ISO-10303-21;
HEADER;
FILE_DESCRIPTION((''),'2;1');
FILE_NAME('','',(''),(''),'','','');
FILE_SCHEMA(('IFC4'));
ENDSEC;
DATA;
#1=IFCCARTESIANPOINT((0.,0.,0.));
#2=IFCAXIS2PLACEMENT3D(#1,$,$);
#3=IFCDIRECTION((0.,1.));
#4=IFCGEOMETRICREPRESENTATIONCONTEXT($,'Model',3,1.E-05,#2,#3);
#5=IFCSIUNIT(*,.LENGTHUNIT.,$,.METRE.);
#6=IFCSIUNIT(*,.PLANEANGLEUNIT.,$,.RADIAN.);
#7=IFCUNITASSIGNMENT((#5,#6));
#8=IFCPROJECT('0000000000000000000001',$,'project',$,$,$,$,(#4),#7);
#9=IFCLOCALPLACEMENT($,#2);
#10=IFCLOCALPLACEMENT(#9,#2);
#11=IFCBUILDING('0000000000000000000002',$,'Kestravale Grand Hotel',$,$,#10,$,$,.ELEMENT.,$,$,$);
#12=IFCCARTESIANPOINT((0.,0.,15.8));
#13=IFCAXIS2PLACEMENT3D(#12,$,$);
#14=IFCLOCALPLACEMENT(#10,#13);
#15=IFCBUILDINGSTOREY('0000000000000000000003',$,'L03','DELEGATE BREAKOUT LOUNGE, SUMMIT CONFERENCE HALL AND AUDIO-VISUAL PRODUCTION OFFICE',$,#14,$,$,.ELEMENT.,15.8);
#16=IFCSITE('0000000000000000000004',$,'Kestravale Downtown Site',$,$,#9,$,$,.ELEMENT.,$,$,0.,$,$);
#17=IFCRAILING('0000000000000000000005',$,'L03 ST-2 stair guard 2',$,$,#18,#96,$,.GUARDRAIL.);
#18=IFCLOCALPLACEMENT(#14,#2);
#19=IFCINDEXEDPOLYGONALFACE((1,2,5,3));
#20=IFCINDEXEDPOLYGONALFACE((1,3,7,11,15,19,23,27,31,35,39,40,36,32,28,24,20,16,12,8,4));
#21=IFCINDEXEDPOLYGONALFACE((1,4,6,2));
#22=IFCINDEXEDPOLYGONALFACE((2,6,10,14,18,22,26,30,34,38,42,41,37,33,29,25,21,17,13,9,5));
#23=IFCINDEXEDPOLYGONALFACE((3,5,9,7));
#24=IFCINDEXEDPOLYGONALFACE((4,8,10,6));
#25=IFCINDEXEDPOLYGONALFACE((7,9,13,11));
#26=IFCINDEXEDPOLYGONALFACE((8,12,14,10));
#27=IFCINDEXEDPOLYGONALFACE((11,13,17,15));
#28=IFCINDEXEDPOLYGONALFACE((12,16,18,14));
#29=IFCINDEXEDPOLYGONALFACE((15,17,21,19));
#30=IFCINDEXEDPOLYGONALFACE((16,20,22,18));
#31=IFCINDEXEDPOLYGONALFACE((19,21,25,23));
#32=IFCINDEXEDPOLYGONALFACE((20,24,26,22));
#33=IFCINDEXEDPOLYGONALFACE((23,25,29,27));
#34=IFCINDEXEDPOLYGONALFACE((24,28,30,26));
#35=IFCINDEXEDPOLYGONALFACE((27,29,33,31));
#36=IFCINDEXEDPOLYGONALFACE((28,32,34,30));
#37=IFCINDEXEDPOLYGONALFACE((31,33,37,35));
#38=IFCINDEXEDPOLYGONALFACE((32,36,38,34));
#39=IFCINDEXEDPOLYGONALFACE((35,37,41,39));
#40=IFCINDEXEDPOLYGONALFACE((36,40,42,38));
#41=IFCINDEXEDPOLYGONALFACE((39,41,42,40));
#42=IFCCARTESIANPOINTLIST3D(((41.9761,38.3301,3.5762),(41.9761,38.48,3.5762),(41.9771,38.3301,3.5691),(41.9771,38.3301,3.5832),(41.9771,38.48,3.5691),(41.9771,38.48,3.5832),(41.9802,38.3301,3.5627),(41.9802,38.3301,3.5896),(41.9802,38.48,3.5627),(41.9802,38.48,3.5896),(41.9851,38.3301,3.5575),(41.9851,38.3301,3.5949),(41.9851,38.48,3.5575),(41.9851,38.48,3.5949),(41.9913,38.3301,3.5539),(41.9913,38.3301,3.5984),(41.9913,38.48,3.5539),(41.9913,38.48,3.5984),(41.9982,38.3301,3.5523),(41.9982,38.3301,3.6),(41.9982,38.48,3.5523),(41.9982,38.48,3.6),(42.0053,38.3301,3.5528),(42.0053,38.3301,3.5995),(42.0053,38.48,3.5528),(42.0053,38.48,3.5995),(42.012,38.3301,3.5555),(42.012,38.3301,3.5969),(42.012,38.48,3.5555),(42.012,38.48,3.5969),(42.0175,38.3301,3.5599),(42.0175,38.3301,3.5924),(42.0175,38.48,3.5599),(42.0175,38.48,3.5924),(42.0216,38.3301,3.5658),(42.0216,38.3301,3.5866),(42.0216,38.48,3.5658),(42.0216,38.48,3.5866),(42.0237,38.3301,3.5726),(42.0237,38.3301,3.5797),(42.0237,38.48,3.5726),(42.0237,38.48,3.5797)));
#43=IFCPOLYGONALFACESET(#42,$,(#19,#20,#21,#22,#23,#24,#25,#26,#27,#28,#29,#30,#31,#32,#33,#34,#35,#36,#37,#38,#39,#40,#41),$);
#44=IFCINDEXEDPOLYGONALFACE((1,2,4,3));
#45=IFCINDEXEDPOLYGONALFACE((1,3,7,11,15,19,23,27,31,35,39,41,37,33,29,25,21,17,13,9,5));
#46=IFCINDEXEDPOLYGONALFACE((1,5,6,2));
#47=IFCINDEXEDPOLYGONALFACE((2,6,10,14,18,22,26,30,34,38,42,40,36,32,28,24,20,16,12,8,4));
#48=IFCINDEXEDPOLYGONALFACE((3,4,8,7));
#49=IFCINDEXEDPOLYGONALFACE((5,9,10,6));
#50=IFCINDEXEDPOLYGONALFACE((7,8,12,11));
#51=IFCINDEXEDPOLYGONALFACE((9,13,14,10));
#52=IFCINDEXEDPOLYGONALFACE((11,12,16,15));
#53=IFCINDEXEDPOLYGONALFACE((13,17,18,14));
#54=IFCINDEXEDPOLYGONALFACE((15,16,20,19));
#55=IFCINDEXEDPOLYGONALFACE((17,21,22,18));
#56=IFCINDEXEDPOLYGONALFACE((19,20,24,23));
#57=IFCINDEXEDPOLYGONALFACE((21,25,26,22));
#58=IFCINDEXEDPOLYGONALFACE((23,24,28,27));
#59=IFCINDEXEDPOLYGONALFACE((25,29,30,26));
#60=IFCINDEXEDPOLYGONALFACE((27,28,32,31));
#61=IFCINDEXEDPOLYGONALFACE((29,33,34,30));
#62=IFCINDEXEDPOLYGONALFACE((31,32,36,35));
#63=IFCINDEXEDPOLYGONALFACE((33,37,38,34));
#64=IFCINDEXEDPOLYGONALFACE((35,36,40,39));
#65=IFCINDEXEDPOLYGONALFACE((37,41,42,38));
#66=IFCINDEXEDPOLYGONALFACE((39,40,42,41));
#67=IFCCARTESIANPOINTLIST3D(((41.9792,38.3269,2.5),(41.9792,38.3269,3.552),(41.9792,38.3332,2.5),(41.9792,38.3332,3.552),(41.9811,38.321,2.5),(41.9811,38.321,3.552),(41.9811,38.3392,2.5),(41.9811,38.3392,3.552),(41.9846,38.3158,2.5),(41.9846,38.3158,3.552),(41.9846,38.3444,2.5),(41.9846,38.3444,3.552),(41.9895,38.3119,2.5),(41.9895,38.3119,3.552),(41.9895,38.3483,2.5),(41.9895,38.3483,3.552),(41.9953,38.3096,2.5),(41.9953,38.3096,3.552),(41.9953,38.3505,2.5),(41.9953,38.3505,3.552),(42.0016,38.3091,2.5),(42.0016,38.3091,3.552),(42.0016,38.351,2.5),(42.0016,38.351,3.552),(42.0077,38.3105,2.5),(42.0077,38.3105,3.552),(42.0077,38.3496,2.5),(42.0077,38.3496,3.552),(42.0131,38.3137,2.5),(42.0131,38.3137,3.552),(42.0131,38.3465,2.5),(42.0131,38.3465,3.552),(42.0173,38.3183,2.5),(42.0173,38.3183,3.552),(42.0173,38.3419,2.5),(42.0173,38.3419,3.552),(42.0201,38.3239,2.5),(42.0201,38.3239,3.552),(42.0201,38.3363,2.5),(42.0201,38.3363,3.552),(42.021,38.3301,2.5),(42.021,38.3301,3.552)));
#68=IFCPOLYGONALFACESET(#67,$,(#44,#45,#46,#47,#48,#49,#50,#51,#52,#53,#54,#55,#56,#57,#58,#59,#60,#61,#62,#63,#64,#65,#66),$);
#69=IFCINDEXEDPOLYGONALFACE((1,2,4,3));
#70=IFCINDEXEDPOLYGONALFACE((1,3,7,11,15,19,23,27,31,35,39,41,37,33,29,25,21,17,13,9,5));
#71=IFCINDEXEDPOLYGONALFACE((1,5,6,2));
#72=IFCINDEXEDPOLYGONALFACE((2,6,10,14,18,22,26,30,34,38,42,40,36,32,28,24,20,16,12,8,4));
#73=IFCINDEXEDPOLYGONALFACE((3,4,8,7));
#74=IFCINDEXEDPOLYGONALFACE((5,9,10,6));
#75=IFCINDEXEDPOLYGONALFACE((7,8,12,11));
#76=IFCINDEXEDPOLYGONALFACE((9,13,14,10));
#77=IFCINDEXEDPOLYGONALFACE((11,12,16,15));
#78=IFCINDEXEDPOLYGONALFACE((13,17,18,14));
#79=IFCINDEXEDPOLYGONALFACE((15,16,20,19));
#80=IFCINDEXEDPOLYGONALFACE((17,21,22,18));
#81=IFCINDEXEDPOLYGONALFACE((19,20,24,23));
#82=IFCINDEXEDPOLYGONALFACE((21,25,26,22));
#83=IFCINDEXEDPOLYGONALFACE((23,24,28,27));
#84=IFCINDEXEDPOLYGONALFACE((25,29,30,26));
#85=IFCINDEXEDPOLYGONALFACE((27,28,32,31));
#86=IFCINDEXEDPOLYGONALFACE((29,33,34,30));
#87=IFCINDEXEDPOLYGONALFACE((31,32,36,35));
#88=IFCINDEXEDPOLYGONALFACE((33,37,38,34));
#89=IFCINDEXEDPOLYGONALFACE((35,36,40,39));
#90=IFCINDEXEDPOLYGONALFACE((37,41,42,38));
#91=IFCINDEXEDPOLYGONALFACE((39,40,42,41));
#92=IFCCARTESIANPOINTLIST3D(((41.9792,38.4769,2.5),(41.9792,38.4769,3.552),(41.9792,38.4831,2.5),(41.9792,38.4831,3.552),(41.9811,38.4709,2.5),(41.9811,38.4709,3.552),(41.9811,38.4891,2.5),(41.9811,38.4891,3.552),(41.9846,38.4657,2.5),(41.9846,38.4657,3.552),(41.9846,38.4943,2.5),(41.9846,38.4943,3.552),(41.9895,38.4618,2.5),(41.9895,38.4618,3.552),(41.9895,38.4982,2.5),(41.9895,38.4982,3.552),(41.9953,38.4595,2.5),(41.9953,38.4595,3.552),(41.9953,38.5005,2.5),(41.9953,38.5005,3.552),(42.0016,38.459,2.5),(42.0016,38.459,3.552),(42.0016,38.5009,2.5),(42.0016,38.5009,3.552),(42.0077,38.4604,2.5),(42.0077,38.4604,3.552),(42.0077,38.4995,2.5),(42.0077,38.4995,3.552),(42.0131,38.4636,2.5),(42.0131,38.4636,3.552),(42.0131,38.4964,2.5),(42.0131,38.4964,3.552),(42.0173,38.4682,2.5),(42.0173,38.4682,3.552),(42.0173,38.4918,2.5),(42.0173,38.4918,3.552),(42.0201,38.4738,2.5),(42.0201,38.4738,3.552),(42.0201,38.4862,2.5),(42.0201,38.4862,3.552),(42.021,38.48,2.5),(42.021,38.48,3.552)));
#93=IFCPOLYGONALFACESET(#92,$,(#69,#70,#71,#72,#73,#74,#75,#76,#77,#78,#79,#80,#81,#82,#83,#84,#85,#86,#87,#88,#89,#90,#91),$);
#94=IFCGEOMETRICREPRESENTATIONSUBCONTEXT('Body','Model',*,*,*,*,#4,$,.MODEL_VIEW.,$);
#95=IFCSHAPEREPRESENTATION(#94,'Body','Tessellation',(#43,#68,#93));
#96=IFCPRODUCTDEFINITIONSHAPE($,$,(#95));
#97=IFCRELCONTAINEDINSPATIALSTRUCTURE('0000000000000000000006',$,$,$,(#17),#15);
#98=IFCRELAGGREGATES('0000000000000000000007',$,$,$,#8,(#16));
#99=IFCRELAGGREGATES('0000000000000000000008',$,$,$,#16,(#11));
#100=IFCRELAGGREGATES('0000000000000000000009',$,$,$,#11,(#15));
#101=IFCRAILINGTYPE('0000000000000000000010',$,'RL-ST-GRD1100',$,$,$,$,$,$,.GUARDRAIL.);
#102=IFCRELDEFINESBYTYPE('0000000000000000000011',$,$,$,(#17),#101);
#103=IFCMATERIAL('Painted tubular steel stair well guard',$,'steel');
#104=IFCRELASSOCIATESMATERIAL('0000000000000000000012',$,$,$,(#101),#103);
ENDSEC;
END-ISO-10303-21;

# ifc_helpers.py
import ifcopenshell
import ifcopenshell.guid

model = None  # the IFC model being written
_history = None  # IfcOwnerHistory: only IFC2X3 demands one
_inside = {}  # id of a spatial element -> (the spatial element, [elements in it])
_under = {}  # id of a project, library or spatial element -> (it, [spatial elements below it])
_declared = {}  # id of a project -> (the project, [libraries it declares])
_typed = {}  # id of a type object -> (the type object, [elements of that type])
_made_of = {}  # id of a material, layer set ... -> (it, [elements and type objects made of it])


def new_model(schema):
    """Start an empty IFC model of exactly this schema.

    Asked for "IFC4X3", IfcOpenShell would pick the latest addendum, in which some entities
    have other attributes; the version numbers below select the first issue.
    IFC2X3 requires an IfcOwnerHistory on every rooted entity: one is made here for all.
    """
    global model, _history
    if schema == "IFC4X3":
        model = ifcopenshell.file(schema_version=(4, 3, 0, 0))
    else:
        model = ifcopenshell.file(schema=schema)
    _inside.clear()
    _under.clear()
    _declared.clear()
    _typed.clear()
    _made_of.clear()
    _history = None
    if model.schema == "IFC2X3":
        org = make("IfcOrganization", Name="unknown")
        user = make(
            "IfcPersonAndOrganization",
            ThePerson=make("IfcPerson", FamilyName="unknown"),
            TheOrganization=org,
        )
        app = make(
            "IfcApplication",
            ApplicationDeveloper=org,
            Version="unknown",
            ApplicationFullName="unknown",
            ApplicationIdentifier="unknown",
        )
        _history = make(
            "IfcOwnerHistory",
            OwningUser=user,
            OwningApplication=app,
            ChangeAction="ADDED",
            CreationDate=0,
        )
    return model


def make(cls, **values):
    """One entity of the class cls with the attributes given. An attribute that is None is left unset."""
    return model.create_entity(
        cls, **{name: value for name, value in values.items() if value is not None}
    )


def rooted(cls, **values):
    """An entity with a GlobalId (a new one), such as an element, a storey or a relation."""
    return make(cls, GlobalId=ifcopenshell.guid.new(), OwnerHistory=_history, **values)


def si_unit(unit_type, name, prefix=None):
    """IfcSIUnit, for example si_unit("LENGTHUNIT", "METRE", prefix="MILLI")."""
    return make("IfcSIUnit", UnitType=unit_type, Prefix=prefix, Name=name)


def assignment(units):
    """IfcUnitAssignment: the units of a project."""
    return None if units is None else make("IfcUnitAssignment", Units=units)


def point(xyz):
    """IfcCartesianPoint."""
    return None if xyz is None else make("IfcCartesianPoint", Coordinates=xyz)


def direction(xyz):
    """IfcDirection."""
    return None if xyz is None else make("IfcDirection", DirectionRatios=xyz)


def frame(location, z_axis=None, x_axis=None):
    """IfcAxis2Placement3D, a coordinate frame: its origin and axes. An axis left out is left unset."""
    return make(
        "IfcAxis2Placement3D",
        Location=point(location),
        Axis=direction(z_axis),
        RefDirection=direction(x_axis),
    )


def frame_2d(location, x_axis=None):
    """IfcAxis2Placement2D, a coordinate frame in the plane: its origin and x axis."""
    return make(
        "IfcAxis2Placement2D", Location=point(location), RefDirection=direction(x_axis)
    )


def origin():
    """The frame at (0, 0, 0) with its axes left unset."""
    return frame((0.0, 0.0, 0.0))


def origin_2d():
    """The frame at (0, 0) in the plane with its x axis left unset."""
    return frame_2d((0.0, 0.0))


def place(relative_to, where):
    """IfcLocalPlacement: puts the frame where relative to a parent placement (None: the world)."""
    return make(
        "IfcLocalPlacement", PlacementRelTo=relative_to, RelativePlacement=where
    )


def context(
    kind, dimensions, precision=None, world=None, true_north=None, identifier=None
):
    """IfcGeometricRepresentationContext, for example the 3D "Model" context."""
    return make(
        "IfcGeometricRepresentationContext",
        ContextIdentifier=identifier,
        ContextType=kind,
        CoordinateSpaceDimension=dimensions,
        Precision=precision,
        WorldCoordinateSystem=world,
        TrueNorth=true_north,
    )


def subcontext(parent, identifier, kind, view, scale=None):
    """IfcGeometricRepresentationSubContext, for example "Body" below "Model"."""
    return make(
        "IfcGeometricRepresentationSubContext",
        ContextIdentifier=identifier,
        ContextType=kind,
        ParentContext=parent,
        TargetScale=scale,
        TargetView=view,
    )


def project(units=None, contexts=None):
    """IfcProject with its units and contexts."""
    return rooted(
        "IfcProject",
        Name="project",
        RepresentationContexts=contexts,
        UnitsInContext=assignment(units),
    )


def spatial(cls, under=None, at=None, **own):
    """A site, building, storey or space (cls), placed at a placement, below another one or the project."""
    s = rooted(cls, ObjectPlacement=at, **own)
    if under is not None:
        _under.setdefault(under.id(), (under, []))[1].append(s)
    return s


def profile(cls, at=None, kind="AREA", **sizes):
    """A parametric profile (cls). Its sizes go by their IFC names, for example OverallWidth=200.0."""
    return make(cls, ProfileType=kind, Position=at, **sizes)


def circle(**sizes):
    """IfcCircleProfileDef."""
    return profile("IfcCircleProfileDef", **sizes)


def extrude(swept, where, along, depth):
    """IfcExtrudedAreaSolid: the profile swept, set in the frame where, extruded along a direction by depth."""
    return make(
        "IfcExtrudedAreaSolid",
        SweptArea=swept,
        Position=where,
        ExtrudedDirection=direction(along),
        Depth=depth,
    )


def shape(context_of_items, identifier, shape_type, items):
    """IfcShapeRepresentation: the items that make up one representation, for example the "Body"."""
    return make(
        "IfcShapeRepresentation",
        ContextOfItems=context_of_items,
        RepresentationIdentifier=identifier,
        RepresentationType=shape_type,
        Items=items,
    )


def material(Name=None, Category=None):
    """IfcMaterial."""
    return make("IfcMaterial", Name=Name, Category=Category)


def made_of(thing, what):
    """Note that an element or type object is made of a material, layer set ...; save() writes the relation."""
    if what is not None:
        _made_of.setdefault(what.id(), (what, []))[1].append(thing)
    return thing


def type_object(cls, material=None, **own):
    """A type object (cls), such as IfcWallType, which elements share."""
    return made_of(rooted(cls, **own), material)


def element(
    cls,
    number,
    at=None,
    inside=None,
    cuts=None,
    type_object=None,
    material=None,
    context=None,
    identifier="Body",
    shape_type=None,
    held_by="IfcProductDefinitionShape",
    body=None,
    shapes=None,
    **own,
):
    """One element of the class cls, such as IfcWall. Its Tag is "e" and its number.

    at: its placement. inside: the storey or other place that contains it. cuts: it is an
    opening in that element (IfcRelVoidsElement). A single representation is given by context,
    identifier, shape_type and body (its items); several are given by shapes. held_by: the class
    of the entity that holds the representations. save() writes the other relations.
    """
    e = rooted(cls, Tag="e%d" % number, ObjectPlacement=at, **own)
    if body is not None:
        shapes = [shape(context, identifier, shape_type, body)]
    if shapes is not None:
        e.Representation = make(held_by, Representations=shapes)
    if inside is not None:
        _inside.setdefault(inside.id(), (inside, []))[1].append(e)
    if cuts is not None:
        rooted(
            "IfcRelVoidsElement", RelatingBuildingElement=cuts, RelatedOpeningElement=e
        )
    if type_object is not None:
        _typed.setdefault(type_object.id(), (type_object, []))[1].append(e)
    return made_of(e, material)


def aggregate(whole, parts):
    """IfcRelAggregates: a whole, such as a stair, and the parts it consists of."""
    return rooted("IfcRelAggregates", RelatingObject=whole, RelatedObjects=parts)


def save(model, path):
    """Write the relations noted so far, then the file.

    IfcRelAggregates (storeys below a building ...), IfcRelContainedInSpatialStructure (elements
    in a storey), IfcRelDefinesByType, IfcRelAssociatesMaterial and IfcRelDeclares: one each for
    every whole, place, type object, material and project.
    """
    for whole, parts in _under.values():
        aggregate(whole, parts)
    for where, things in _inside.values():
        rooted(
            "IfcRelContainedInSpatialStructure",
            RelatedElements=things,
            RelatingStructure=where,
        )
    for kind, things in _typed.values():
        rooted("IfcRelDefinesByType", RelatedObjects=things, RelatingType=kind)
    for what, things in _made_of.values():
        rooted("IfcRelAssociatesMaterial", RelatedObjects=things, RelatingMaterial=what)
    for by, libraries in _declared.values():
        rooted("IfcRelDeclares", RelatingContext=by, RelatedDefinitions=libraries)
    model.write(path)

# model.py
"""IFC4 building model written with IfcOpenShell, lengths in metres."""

from ifc_helpers import new_model, si_unit, direction, frame, origin, origin_2d, place, context, subcontext, project, spatial, circle, extrude, material, type_object, element, save


model = new_model("IFC4")

# Units and contexts
model_context = context("Model", 3, precision=1e-05, world=origin(), true_north=direction((0.0, 1.0)))
body_context = subcontext(model_context, "Body", "Model", "MODEL_VIEW")
ifc_project = project(units=[si_unit("LENGTHUNIT", "METRE"), si_unit("PLANEANGLEUNIT", "RADIAN")], contexts=[model_context])

# Site, building, storey
site_placement = place(None, origin())
site = spatial("IfcSite", under=ifc_project, at=site_placement, Name="Kestravale Downtown Site", CompositionType="ELEMENT", RefElevation=0.0)
building_placement = place(site_placement, origin())
building = spatial("IfcBuilding", under=site, at=building_placement, Name="Kestravale Grand Hotel", CompositionType="ELEMENT")
storey_placement = place(building_placement, frame((0.0, 0.0, 15.8)))
storey = spatial("IfcBuildingStorey", under=building, at=storey_placement, Name="L03", Description="DELEGATE BREAKOUT LOUNGE, SUMMIT CONFERENCE HALL AND AUDIO-VISUAL PRODUCTION OFFICE", CompositionType="ELEMENT", Elevation=15.8)

# Railing
ifc_material_1 = material(Name="Painted tubular steel stair well guard", Category="steel")
railing_type_1 = type_object("IfcRailingType", Name="RL-ST-GRD1100", PredefinedType="GUARDRAIL", material=ifc_material_1)
railing_1_placement = place(storey_placement, frame((42.0, 38.3301, 2.5)))
element("IfcRailing", 1, at=railing_1_placement, inside=storey, type_object=railing_type_1, Name="L03 ST-2 stair guard 2", PredefinedType="GUARDRAIL", context=body_context, shape_type="SweptSolid", body=[
    extrude(circle(Radius=0.0239, at=origin_2d()), frame((0.0, 0.0, 1.0762), z_axis=(0.0, 1.0, 0.0), x_axis=(-1.0, 0.0, 0.0)), (0.0, 0.0, 1.0), 0.1499),
    extrude(circle(Radius=0.021, at=origin_2d()), origin(), (0.0, 0.0, 1.0), 1.052),
    extrude(circle(Radius=0.021, at=origin_2d()), frame((0.0, 0.1499, 0.0)), (0.0, 0.0, 1.0), 1.052),
])

save(model, "model.ifc")
